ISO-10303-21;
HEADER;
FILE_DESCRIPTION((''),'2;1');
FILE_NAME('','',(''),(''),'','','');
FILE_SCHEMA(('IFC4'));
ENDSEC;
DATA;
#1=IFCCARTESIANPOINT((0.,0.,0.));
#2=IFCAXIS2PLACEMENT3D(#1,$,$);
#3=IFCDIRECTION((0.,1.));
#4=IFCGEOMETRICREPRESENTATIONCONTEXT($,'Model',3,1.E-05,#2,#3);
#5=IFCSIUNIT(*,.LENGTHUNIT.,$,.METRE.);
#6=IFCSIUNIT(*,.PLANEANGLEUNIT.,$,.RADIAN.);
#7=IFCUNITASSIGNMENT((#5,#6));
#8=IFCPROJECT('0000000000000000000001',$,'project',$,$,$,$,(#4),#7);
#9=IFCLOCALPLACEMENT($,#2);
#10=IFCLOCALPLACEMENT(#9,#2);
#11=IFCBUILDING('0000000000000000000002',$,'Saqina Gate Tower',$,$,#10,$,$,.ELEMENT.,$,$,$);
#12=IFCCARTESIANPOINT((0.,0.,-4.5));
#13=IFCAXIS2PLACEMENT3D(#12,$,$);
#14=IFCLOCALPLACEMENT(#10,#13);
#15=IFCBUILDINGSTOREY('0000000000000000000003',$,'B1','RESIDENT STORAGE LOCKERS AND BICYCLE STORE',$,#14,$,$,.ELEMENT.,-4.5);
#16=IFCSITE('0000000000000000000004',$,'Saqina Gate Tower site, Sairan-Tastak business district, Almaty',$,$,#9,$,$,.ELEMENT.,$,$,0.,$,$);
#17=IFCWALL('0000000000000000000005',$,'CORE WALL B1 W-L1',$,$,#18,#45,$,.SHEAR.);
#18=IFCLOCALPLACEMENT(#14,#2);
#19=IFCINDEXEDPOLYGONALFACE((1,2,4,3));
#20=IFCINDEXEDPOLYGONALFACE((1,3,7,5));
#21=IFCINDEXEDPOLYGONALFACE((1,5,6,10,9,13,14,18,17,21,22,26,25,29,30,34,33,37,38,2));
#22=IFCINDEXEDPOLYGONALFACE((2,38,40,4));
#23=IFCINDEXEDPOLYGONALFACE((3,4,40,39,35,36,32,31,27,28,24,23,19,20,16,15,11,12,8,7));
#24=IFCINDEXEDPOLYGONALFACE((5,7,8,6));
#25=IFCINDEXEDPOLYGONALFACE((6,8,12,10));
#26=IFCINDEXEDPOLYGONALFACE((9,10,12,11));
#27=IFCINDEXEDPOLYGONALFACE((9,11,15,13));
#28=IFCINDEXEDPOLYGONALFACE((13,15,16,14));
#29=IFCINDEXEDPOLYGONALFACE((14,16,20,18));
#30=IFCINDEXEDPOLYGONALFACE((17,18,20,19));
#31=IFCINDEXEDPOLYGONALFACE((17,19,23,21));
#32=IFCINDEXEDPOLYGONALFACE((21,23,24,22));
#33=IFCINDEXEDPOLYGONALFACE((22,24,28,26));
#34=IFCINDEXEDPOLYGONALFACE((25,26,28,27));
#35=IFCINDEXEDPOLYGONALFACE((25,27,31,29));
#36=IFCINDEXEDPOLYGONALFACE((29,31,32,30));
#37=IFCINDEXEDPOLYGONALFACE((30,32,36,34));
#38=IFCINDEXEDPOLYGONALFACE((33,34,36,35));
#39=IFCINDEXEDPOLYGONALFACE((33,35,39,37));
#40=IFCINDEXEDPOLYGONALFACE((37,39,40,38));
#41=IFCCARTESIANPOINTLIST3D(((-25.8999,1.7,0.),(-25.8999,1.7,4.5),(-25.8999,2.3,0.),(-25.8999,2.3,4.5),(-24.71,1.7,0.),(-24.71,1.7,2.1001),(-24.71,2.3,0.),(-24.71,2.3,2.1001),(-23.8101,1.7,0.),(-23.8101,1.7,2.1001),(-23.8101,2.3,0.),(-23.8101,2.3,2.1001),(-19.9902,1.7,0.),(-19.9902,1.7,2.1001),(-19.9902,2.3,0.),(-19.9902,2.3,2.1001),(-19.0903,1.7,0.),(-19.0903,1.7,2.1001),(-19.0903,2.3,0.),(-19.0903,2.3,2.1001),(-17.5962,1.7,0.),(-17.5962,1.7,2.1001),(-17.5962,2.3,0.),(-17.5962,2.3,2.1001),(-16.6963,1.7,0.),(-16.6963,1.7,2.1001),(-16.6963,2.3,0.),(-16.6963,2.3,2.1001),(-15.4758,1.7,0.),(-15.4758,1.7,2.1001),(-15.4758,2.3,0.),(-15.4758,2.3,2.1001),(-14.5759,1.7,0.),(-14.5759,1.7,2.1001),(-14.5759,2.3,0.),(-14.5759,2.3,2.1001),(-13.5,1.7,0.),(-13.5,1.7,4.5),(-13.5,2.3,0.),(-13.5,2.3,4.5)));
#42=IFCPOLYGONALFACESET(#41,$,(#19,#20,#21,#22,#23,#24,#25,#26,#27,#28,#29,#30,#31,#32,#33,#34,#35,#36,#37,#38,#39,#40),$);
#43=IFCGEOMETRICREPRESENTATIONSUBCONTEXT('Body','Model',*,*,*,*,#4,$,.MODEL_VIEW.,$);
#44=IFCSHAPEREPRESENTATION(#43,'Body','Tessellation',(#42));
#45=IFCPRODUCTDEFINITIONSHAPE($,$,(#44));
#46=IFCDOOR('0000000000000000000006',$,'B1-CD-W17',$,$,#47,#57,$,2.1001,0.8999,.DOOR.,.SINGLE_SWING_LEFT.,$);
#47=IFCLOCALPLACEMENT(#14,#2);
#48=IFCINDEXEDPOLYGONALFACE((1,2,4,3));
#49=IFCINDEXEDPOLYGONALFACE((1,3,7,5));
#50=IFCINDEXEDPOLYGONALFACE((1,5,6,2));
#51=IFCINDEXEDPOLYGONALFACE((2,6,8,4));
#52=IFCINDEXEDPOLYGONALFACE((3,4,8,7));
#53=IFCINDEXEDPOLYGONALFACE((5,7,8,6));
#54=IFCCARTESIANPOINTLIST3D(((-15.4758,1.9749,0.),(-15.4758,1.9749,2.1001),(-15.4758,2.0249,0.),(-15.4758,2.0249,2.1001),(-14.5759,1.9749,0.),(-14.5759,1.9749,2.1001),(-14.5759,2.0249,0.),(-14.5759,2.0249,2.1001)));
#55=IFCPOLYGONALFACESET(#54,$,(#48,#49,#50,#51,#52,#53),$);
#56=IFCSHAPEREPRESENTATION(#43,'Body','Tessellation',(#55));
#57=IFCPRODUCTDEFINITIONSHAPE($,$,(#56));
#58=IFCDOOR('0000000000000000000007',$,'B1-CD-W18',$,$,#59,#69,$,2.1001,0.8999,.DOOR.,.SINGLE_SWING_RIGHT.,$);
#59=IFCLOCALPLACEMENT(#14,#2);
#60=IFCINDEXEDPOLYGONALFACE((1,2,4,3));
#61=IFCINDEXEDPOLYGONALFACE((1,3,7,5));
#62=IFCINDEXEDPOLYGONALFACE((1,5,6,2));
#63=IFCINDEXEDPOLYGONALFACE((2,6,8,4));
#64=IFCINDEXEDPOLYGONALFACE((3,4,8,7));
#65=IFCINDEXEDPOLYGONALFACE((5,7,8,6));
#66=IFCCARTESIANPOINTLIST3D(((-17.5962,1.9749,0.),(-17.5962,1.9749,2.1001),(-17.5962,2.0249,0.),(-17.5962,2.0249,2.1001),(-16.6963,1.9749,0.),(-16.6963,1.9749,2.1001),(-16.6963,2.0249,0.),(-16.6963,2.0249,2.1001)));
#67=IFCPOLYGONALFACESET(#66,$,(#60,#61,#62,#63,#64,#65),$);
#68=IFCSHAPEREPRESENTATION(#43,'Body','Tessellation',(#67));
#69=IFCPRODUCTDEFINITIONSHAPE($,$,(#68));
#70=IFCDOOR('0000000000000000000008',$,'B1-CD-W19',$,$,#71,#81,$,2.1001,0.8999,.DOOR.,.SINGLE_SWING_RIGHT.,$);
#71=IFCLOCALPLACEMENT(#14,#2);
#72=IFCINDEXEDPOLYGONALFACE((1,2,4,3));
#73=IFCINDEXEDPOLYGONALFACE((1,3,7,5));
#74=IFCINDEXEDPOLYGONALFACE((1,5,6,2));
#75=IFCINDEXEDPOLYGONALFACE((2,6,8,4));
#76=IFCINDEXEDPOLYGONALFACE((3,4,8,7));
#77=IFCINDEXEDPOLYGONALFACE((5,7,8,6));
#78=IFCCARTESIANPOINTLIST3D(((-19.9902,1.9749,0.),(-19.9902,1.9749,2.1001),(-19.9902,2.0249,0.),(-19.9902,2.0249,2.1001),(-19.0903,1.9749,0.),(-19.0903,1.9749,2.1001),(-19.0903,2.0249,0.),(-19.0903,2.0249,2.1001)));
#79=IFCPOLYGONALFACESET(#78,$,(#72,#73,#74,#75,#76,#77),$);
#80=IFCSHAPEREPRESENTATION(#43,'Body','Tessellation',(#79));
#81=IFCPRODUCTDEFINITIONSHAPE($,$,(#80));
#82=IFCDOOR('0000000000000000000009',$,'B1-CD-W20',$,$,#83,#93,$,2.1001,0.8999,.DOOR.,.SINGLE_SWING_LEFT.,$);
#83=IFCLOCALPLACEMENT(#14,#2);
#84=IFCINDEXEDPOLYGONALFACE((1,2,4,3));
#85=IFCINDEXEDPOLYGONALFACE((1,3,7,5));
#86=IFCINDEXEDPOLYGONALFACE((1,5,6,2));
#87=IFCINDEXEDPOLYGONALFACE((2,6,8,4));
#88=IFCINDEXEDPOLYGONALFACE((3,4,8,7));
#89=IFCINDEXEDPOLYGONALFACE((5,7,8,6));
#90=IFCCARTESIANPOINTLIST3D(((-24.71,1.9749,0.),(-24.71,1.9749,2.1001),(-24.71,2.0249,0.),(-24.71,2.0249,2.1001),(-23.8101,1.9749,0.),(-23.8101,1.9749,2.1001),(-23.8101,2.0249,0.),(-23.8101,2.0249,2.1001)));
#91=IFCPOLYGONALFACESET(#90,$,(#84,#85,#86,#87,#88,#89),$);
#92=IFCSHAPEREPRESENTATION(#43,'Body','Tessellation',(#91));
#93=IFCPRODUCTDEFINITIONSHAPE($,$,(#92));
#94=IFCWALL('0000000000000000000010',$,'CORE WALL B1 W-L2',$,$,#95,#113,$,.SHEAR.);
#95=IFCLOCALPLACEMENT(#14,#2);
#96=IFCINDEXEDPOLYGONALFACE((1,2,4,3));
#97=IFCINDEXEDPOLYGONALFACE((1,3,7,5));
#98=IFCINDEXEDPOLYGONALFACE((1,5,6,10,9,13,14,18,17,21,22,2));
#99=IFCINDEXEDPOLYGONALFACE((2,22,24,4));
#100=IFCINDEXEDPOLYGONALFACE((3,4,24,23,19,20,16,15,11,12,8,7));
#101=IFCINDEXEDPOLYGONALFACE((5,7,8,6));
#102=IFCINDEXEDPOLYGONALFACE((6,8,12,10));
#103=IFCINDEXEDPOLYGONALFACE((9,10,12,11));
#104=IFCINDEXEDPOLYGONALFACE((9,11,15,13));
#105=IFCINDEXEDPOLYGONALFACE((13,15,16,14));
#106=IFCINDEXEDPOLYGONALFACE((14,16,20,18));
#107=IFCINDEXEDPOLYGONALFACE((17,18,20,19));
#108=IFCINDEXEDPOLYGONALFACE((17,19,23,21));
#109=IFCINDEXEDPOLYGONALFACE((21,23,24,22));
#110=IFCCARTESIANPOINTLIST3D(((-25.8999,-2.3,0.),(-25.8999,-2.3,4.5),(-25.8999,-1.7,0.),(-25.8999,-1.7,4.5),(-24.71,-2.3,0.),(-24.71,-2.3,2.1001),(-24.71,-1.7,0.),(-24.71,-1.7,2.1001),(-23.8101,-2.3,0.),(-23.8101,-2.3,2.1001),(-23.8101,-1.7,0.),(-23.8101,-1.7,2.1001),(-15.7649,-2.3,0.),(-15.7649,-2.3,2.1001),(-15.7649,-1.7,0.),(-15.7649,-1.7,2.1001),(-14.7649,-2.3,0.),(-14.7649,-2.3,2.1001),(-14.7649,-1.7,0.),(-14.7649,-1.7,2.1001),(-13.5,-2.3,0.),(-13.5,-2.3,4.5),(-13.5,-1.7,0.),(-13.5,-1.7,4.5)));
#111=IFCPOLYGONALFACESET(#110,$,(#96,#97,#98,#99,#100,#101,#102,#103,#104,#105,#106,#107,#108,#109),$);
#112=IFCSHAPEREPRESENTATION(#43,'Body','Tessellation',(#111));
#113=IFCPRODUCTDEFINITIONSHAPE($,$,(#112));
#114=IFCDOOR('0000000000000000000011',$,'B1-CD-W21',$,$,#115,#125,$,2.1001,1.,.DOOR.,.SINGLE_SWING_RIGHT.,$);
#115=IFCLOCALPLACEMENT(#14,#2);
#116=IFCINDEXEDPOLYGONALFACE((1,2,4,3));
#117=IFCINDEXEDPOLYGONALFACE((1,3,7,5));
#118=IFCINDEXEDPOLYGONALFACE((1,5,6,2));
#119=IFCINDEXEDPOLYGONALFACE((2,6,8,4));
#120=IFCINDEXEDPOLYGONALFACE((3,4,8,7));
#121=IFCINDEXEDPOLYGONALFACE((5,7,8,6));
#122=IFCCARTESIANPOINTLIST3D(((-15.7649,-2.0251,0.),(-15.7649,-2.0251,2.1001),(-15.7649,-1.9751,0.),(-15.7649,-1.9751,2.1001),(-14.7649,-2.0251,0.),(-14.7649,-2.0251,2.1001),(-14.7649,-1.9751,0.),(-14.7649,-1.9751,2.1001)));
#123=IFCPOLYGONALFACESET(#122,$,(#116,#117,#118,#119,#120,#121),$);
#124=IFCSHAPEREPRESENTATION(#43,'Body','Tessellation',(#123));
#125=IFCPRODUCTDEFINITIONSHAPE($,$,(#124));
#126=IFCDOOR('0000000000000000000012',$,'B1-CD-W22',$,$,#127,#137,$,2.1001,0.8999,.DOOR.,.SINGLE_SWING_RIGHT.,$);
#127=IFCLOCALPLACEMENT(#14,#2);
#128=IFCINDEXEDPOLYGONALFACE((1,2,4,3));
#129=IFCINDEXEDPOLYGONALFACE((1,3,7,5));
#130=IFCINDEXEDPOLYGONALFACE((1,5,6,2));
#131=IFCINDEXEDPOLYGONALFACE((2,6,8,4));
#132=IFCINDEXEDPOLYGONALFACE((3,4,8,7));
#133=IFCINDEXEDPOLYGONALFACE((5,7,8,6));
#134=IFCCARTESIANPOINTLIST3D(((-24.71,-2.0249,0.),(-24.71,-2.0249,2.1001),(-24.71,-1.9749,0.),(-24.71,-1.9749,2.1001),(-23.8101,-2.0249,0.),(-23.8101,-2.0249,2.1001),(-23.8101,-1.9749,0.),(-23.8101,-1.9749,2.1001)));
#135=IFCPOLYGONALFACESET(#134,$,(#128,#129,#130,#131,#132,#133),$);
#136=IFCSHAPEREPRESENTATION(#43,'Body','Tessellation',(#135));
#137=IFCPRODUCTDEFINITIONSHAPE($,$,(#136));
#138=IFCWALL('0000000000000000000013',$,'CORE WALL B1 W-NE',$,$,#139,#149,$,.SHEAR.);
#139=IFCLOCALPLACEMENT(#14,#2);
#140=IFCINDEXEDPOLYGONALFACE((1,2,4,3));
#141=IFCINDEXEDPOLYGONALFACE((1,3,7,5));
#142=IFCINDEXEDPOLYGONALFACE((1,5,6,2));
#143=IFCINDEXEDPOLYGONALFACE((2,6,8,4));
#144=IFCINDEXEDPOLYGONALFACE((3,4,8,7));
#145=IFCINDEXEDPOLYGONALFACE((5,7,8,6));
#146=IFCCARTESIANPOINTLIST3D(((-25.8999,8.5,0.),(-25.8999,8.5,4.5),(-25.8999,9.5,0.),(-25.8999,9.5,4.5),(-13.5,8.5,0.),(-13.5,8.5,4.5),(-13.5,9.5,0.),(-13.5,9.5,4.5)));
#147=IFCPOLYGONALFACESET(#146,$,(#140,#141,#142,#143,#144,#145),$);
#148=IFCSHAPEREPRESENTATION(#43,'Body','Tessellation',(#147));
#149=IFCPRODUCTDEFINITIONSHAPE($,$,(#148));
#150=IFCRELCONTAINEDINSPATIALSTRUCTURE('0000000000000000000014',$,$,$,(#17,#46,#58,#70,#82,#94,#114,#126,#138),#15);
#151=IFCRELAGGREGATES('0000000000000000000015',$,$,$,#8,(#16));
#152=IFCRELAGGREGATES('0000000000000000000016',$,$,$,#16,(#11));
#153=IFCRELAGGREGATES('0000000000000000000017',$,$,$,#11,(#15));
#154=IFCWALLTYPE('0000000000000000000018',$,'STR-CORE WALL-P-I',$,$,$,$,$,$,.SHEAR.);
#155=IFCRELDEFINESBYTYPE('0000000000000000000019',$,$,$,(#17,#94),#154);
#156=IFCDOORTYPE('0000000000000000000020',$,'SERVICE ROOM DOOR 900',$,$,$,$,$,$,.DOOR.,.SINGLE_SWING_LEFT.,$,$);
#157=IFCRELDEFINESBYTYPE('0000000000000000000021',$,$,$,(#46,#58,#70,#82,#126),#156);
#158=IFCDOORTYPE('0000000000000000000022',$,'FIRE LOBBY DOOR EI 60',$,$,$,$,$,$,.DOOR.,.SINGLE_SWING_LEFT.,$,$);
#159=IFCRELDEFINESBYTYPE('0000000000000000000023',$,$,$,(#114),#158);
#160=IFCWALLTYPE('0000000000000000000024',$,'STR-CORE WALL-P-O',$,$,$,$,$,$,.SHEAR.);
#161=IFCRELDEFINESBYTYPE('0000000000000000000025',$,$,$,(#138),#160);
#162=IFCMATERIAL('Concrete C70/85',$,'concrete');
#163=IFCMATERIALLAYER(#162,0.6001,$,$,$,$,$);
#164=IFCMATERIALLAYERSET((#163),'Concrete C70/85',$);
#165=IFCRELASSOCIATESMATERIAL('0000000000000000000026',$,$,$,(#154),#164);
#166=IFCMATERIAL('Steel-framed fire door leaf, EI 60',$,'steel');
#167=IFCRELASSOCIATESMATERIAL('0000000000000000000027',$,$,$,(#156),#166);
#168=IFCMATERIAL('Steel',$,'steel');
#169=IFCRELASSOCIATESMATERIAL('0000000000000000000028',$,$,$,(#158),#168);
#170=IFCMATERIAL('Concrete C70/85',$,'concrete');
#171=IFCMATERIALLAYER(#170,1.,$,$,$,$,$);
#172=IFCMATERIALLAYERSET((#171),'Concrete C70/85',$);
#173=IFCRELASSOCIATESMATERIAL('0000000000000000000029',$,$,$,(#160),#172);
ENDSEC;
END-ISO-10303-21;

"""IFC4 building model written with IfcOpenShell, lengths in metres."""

from ifc_helpers import new_model, si_unit, direction, frame, frame_2d, origin, place, context, subcontext, project, spatial, rectangle, extrude, material, layer, layer_set, type_object, element, fill, save


model = new_model("IFC4")

# Units and contexts
model_context = context("Model", 3, precision=1e-05, world=origin(), true_north=direction((0.0, 1.0)))
body_context = subcontext(model_context, "Body", "Model", "MODEL_VIEW")
ifc_project = project(units=[si_unit("LENGTHUNIT", "METRE"), si_unit("PLANEANGLEUNIT", "RADIAN")], contexts=[model_context])

# Site, building, storey
site_placement = place(None, origin())
site = spatial("IfcSite", under=ifc_project, at=site_placement, Name="Saqina Gate Tower site, Sairan-Tastak business district, Almaty", CompositionType="ELEMENT", RefElevation=0.0)
building_placement = place(site_placement, origin())
building = spatial("IfcBuilding", under=site, at=building_placement, Name="Saqina Gate Tower", CompositionType="ELEMENT")
storey_placement = place(building_placement, frame((0.0, 0.0, -4.5)))
storey = spatial("IfcBuildingStorey", under=building, at=storey_placement, Name="B1", Description="RESIDENT STORAGE LOCKERS AND BICYCLE STORE", CompositionType="ELEMENT", Elevation=-4.5)

# Shared definitions
ifc_material_1 = material(Name="Concrete C70/85", Category="concrete")
ifc_layer_1 = layer(ifc_material_1, 0.6001)
ifc_layer_set_1 = layer_set([ifc_layer_1], Name="Concrete C70/85")
wall_type_1 = type_object("IfcWallType", Name="STR-CORE WALL-P-I", PredefinedType="SHEAR", material=ifc_layer_set_1)
ifc_material_2 = material(Name="Steel-framed fire door leaf, EI 60", Category="steel")
door_type_1 = type_object("IfcDoorType", Name="SERVICE ROOM DOOR 900", OperationType="SINGLE_SWING_LEFT", PredefinedType="DOOR", material=ifc_material_2)

# Walls, openings, doors
wall_1_placement = place(storey_placement, frame((-13.5, 2.0, 0.0), z_axis=(0.0, 0.0, 1.0), x_axis=(-1.0, 0.0, 0.0)))
wall_1 = element("IfcWall", 1, at=wall_1_placement, inside=storey, type_object=wall_type_1, Name="CORE WALL B1 W-L1", PredefinedType="SHEAR", context=body_context, shape_type="SweptSolid", body=[
    extrude(rectangle(XDim=12.3999, YDim=0.6001, at=frame_2d((6.2, 0.0))), origin(), (0.0, 0.0, 1.0), 4.5),
])
opening_1_placement = place(wall_1_placement, frame((1.0759, 0.0, 0.0)))
opening_1 = element("IfcOpeningElement", 2, at=opening_1_placement, cuts=wall_1, PredefinedType="OPENING", context=body_context, shape_type="SweptSolid", body=[
    extrude(rectangle(XDim=0.8999, YDim=2.1001, at=frame_2d((0.45, 1.05))), frame((0.0, 0.312, 0.0), z_axis=(0.0, -1.0, 0.0), x_axis=(1.0, 0.0, 0.0)), (0.0, 0.0, 1.0), 0.624),
])
opening_2_placement = place(wall_1_placement, frame((3.1963, 0.0, 0.0)))
opening_2 = element("IfcOpeningElement", 3, at=opening_2_placement, cuts=wall_1, PredefinedType="OPENING", context=body_context, shape_type="SweptSolid", body=[
    extrude(rectangle(XDim=0.8999, YDim=2.1001, at=frame_2d((0.45, 1.05))), frame((0.0, 0.312, 0.0), z_axis=(0.0, -1.0, 0.0), x_axis=(1.0, 0.0, 0.0)), (0.0, 0.0, 1.0), 0.624),
])
opening_3_placement = place(wall_1_placement, frame((5.5903, 0.0, 0.0)))
opening_3 = element("IfcOpeningElement", 4, at=opening_3_placement, cuts=wall_1, PredefinedType="OPENING", context=body_context, shape_type="SweptSolid", body=[
    extrude(rectangle(XDim=0.8999, YDim=2.1001, at=frame_2d((0.45, 1.05))), frame((0.0, 0.312, 0.0), z_axis=(0.0, -1.0, 0.0), x_axis=(1.0, 0.0, 0.0)), (0.0, 0.0, 1.0), 0.624),
])
opening_4_placement = place(wall_1_placement, frame((10.3101, 0.0, 0.0)))
opening_4 = element("IfcOpeningElement", 5, at=opening_4_placement, cuts=wall_1, PredefinedType="OPENING", context=body_context, shape_type="SweptSolid", body=[
    extrude(rectangle(XDim=0.8999, YDim=2.1001, at=frame_2d((0.45, 1.05))), frame((0.0, 0.312, 0.0), z_axis=(0.0, -1.0, 0.0), x_axis=(1.0, 0.0, 0.0)), (0.0, 0.0, 1.0), 0.624),
])
door_1_placement = place(opening_1_placement, frame((0.8999, 0.0, 0.0), z_axis=(0.0, 0.0, 1.0), x_axis=(-1.0, 0.0, 0.0)))
door_1 = element("IfcDoor", 6, at=door_1_placement, inside=storey, type_object=door_type_1, Name="B1-CD-W17", OperationType="SINGLE_SWING_LEFT", OverallHeight=2.1001, OverallWidth=0.8999, PredefinedType="DOOR", context=body_context, shape_type="SweptSolid", body=[
    extrude(rectangle(XDim=0.8999, YDim=2.1001, at=frame_2d((0.45, 1.05))), frame((0.0, 0.0249, 0.0), z_axis=(0.0, -1.0, 0.0), x_axis=(1.0, 0.0, 0.0)), (0.0, 0.0, 1.0), 0.05),
])
fill(opening_1, door_1)
door_2_placement = place(opening_2_placement, frame((0.8999, 0.0, 0.0), z_axis=(0.0, 0.0, 1.0), x_axis=(-1.0, 0.0, 0.0)))
door_2 = element("IfcDoor", 7, at=door_2_placement, inside=storey, type_object=door_type_1, Name="B1-CD-W18", OperationType="SINGLE_SWING_RIGHT", OverallHeight=2.1001, OverallWidth=0.8999, PredefinedType="DOOR", context=body_context, shape_type="SweptSolid", body=[
    extrude(rectangle(XDim=0.8999, YDim=2.1001, at=frame_2d((0.45, 1.05))), frame((0.0, 0.0249, 0.0), z_axis=(0.0, -1.0, 0.0), x_axis=(1.0, 0.0, 0.0)), (0.0, 0.0, 1.0), 0.05),
])
fill(opening_2, door_2)
door_3_placement = place(opening_3_placement, frame((0.8999, 0.0, 0.0), z_axis=(0.0, 0.0, 1.0), x_axis=(-1.0, 0.0, 0.0)))
door_3 = element("IfcDoor", 8, at=door_3_placement, inside=storey, type_object=door_type_1, Name="B1-CD-W19", OperationType="SINGLE_SWING_RIGHT", OverallHeight=2.1001, OverallWidth=0.8999, PredefinedType="DOOR", context=body_context, shape_type="SweptSolid", body=[
    extrude(rectangle(XDim=0.8999, YDim=2.1001, at=frame_2d((0.45, 1.05))), frame((0.0, 0.0249, 0.0), z_axis=(0.0, -1.0, 0.0), x_axis=(1.0, 0.0, 0.0)), (0.0, 0.0, 1.0), 0.05),
])
fill(opening_3, door_3)
door_4_placement = place(opening_4_placement, frame((0.8999, 0.0, 0.0), z_axis=(0.0, 0.0, 1.0), x_axis=(-1.0, 0.0, 0.0)))
door_4 = element("IfcDoor", 9, at=door_4_placement, inside=storey, type_object=door_type_1, Name="B1-CD-W20", OperationType="SINGLE_SWING_LEFT", OverallHeight=2.1001, OverallWidth=0.8999, PredefinedType="DOOR", context=body_context, shape_type="SweptSolid", body=[
    extrude(rectangle(XDim=0.8999, YDim=2.1001, at=frame_2d((0.45, 1.05))), frame((0.0, 0.0249, 0.0), z_axis=(0.0, -1.0, 0.0), x_axis=(1.0, 0.0, 0.0)), (0.0, 0.0, 1.0), 0.05),
])
fill(opening_4, door_4)
wall_2_placement = place(storey_placement, frame((-13.5, -2.0, 0.0), z_axis=(0.0, 0.0, 1.0), x_axis=(-1.0, 0.0, 0.0)))
wall_2 = element("IfcWall", 10, at=wall_2_placement, inside=storey, type_object=wall_type_1, Name="CORE WALL B1 W-L2", PredefinedType="SHEAR", context=body_context, shape_type="SweptSolid", body=[
    extrude(rectangle(XDim=12.3999, YDim=0.6001, at=frame_2d((6.2, 0.0))), origin(), (0.0, 0.0, 1.0), 4.5),
])
opening_5_placement = place(wall_2_placement, frame((1.2649, 0.0, 0.0)))
opening_5 = element("IfcOpeningElement", 11, at=opening_5_placement, cuts=wall_2, PredefinedType="OPENING", context=body_context, shape_type="SweptSolid", body=[
    extrude(rectangle(XDim=1.0, YDim=2.1001, at=frame_2d((0.5, 1.05))), frame((0.0, 0.312, 0.0), z_axis=(0.0, -1.0, 0.0), x_axis=(1.0, 0.0, 0.0)), (0.0, 0.0, 1.0), 0.624),
])
opening_6_placement = place(wall_2_placement, frame((10.3101, 0.0, 0.0)))
opening_6 = element("IfcOpeningElement", 12, at=opening_6_placement, cuts=wall_2, PredefinedType="OPENING", context=body_context, shape_type="SweptSolid", body=[
    extrude(rectangle(XDim=0.8999, YDim=2.1001, at=frame_2d((0.45, 1.05))), frame((0.0, 0.312, 0.0), z_axis=(0.0, -1.0, 0.0), x_axis=(1.0, 0.0, 0.0)), (0.0, 0.0, 1.0), 0.624),
])
ifc_material_3 = material(Name="Steel", Category="steel")
door_type_2 = type_object("IfcDoorType", Name="FIRE LOBBY DOOR EI 60", OperationType="SINGLE_SWING_LEFT", PredefinedType="DOOR", material=ifc_material_3)
door_5_placement = place(opening_5_placement, frame((1.0, 0.0, 0.0), z_axis=(0.0, 0.0, 1.0), x_axis=(-1.0, 0.0, 0.0)))
door_5 = element("IfcDoor", 13, at=door_5_placement, inside=storey, type_object=door_type_2, Name="B1-CD-W21", OperationType="SINGLE_SWING_RIGHT", OverallHeight=2.1001, OverallWidth=1.0, PredefinedType="DOOR", context=body_context, shape_type="SweptSolid", body=[
    extrude(rectangle(XDim=1.0, YDim=2.1001, at=frame_2d((0.5, 1.05))), frame((0.0, 0.0249, 0.0), z_axis=(0.0, -1.0, 0.0), x_axis=(1.0, 0.0, 0.0)), (0.0, 0.0, 1.0), 0.05),
])
fill(opening_5, door_5)
door_6_placement = place(opening_6_placement, origin())
door_6 = element("IfcDoor", 14, at=door_6_placement, inside=storey, type_object=door_type_1, Name="B1-CD-W22", OperationType="SINGLE_SWING_RIGHT", OverallHeight=2.1001, OverallWidth=0.8999, PredefinedType="DOOR", context=body_context, shape_type="SweptSolid", body=[
    extrude(rectangle(XDim=0.8999, YDim=2.1001, at=frame_2d((0.45, 1.05))), frame((0.0, 0.0249, 0.0), z_axis=(0.0, -1.0, 0.0), x_axis=(1.0, 0.0, 0.0)), (0.0, 0.0, 1.0), 0.05),
])
fill(opening_6, door_6)

# Wall
ifc_material_4 = material(Name="Concrete C70/85", Category="concrete")
ifc_layer_2 = layer(ifc_material_4, 1.0)
ifc_layer_set_2 = layer_set([ifc_layer_2], Name="Concrete C70/85")
wall_type_2 = type_object("IfcWallType", Name="STR-CORE WALL-P-O", PredefinedType="SHEAR", material=ifc_layer_set_2)
wall_3_placement = place(storey_placement, frame((-13.5, 9.0, 0.0), z_axis=(0.0, 0.0, 1.0), x_axis=(-1.0, 0.0, 0.0)))
element("IfcWall", 15, at=wall_3_placement, inside=storey, type_object=wall_type_2, Name="CORE WALL B1 W-NE", PredefinedType="SHEAR", context=body_context, shape_type="SweptSolid", body=[
    extrude(rectangle(XDim=12.3999, YDim=1.0, at=frame_2d((6.2, 0.0))), origin(), (0.0, 0.0, 1.0), 4.5),
])

save(model, "model.ifc")
